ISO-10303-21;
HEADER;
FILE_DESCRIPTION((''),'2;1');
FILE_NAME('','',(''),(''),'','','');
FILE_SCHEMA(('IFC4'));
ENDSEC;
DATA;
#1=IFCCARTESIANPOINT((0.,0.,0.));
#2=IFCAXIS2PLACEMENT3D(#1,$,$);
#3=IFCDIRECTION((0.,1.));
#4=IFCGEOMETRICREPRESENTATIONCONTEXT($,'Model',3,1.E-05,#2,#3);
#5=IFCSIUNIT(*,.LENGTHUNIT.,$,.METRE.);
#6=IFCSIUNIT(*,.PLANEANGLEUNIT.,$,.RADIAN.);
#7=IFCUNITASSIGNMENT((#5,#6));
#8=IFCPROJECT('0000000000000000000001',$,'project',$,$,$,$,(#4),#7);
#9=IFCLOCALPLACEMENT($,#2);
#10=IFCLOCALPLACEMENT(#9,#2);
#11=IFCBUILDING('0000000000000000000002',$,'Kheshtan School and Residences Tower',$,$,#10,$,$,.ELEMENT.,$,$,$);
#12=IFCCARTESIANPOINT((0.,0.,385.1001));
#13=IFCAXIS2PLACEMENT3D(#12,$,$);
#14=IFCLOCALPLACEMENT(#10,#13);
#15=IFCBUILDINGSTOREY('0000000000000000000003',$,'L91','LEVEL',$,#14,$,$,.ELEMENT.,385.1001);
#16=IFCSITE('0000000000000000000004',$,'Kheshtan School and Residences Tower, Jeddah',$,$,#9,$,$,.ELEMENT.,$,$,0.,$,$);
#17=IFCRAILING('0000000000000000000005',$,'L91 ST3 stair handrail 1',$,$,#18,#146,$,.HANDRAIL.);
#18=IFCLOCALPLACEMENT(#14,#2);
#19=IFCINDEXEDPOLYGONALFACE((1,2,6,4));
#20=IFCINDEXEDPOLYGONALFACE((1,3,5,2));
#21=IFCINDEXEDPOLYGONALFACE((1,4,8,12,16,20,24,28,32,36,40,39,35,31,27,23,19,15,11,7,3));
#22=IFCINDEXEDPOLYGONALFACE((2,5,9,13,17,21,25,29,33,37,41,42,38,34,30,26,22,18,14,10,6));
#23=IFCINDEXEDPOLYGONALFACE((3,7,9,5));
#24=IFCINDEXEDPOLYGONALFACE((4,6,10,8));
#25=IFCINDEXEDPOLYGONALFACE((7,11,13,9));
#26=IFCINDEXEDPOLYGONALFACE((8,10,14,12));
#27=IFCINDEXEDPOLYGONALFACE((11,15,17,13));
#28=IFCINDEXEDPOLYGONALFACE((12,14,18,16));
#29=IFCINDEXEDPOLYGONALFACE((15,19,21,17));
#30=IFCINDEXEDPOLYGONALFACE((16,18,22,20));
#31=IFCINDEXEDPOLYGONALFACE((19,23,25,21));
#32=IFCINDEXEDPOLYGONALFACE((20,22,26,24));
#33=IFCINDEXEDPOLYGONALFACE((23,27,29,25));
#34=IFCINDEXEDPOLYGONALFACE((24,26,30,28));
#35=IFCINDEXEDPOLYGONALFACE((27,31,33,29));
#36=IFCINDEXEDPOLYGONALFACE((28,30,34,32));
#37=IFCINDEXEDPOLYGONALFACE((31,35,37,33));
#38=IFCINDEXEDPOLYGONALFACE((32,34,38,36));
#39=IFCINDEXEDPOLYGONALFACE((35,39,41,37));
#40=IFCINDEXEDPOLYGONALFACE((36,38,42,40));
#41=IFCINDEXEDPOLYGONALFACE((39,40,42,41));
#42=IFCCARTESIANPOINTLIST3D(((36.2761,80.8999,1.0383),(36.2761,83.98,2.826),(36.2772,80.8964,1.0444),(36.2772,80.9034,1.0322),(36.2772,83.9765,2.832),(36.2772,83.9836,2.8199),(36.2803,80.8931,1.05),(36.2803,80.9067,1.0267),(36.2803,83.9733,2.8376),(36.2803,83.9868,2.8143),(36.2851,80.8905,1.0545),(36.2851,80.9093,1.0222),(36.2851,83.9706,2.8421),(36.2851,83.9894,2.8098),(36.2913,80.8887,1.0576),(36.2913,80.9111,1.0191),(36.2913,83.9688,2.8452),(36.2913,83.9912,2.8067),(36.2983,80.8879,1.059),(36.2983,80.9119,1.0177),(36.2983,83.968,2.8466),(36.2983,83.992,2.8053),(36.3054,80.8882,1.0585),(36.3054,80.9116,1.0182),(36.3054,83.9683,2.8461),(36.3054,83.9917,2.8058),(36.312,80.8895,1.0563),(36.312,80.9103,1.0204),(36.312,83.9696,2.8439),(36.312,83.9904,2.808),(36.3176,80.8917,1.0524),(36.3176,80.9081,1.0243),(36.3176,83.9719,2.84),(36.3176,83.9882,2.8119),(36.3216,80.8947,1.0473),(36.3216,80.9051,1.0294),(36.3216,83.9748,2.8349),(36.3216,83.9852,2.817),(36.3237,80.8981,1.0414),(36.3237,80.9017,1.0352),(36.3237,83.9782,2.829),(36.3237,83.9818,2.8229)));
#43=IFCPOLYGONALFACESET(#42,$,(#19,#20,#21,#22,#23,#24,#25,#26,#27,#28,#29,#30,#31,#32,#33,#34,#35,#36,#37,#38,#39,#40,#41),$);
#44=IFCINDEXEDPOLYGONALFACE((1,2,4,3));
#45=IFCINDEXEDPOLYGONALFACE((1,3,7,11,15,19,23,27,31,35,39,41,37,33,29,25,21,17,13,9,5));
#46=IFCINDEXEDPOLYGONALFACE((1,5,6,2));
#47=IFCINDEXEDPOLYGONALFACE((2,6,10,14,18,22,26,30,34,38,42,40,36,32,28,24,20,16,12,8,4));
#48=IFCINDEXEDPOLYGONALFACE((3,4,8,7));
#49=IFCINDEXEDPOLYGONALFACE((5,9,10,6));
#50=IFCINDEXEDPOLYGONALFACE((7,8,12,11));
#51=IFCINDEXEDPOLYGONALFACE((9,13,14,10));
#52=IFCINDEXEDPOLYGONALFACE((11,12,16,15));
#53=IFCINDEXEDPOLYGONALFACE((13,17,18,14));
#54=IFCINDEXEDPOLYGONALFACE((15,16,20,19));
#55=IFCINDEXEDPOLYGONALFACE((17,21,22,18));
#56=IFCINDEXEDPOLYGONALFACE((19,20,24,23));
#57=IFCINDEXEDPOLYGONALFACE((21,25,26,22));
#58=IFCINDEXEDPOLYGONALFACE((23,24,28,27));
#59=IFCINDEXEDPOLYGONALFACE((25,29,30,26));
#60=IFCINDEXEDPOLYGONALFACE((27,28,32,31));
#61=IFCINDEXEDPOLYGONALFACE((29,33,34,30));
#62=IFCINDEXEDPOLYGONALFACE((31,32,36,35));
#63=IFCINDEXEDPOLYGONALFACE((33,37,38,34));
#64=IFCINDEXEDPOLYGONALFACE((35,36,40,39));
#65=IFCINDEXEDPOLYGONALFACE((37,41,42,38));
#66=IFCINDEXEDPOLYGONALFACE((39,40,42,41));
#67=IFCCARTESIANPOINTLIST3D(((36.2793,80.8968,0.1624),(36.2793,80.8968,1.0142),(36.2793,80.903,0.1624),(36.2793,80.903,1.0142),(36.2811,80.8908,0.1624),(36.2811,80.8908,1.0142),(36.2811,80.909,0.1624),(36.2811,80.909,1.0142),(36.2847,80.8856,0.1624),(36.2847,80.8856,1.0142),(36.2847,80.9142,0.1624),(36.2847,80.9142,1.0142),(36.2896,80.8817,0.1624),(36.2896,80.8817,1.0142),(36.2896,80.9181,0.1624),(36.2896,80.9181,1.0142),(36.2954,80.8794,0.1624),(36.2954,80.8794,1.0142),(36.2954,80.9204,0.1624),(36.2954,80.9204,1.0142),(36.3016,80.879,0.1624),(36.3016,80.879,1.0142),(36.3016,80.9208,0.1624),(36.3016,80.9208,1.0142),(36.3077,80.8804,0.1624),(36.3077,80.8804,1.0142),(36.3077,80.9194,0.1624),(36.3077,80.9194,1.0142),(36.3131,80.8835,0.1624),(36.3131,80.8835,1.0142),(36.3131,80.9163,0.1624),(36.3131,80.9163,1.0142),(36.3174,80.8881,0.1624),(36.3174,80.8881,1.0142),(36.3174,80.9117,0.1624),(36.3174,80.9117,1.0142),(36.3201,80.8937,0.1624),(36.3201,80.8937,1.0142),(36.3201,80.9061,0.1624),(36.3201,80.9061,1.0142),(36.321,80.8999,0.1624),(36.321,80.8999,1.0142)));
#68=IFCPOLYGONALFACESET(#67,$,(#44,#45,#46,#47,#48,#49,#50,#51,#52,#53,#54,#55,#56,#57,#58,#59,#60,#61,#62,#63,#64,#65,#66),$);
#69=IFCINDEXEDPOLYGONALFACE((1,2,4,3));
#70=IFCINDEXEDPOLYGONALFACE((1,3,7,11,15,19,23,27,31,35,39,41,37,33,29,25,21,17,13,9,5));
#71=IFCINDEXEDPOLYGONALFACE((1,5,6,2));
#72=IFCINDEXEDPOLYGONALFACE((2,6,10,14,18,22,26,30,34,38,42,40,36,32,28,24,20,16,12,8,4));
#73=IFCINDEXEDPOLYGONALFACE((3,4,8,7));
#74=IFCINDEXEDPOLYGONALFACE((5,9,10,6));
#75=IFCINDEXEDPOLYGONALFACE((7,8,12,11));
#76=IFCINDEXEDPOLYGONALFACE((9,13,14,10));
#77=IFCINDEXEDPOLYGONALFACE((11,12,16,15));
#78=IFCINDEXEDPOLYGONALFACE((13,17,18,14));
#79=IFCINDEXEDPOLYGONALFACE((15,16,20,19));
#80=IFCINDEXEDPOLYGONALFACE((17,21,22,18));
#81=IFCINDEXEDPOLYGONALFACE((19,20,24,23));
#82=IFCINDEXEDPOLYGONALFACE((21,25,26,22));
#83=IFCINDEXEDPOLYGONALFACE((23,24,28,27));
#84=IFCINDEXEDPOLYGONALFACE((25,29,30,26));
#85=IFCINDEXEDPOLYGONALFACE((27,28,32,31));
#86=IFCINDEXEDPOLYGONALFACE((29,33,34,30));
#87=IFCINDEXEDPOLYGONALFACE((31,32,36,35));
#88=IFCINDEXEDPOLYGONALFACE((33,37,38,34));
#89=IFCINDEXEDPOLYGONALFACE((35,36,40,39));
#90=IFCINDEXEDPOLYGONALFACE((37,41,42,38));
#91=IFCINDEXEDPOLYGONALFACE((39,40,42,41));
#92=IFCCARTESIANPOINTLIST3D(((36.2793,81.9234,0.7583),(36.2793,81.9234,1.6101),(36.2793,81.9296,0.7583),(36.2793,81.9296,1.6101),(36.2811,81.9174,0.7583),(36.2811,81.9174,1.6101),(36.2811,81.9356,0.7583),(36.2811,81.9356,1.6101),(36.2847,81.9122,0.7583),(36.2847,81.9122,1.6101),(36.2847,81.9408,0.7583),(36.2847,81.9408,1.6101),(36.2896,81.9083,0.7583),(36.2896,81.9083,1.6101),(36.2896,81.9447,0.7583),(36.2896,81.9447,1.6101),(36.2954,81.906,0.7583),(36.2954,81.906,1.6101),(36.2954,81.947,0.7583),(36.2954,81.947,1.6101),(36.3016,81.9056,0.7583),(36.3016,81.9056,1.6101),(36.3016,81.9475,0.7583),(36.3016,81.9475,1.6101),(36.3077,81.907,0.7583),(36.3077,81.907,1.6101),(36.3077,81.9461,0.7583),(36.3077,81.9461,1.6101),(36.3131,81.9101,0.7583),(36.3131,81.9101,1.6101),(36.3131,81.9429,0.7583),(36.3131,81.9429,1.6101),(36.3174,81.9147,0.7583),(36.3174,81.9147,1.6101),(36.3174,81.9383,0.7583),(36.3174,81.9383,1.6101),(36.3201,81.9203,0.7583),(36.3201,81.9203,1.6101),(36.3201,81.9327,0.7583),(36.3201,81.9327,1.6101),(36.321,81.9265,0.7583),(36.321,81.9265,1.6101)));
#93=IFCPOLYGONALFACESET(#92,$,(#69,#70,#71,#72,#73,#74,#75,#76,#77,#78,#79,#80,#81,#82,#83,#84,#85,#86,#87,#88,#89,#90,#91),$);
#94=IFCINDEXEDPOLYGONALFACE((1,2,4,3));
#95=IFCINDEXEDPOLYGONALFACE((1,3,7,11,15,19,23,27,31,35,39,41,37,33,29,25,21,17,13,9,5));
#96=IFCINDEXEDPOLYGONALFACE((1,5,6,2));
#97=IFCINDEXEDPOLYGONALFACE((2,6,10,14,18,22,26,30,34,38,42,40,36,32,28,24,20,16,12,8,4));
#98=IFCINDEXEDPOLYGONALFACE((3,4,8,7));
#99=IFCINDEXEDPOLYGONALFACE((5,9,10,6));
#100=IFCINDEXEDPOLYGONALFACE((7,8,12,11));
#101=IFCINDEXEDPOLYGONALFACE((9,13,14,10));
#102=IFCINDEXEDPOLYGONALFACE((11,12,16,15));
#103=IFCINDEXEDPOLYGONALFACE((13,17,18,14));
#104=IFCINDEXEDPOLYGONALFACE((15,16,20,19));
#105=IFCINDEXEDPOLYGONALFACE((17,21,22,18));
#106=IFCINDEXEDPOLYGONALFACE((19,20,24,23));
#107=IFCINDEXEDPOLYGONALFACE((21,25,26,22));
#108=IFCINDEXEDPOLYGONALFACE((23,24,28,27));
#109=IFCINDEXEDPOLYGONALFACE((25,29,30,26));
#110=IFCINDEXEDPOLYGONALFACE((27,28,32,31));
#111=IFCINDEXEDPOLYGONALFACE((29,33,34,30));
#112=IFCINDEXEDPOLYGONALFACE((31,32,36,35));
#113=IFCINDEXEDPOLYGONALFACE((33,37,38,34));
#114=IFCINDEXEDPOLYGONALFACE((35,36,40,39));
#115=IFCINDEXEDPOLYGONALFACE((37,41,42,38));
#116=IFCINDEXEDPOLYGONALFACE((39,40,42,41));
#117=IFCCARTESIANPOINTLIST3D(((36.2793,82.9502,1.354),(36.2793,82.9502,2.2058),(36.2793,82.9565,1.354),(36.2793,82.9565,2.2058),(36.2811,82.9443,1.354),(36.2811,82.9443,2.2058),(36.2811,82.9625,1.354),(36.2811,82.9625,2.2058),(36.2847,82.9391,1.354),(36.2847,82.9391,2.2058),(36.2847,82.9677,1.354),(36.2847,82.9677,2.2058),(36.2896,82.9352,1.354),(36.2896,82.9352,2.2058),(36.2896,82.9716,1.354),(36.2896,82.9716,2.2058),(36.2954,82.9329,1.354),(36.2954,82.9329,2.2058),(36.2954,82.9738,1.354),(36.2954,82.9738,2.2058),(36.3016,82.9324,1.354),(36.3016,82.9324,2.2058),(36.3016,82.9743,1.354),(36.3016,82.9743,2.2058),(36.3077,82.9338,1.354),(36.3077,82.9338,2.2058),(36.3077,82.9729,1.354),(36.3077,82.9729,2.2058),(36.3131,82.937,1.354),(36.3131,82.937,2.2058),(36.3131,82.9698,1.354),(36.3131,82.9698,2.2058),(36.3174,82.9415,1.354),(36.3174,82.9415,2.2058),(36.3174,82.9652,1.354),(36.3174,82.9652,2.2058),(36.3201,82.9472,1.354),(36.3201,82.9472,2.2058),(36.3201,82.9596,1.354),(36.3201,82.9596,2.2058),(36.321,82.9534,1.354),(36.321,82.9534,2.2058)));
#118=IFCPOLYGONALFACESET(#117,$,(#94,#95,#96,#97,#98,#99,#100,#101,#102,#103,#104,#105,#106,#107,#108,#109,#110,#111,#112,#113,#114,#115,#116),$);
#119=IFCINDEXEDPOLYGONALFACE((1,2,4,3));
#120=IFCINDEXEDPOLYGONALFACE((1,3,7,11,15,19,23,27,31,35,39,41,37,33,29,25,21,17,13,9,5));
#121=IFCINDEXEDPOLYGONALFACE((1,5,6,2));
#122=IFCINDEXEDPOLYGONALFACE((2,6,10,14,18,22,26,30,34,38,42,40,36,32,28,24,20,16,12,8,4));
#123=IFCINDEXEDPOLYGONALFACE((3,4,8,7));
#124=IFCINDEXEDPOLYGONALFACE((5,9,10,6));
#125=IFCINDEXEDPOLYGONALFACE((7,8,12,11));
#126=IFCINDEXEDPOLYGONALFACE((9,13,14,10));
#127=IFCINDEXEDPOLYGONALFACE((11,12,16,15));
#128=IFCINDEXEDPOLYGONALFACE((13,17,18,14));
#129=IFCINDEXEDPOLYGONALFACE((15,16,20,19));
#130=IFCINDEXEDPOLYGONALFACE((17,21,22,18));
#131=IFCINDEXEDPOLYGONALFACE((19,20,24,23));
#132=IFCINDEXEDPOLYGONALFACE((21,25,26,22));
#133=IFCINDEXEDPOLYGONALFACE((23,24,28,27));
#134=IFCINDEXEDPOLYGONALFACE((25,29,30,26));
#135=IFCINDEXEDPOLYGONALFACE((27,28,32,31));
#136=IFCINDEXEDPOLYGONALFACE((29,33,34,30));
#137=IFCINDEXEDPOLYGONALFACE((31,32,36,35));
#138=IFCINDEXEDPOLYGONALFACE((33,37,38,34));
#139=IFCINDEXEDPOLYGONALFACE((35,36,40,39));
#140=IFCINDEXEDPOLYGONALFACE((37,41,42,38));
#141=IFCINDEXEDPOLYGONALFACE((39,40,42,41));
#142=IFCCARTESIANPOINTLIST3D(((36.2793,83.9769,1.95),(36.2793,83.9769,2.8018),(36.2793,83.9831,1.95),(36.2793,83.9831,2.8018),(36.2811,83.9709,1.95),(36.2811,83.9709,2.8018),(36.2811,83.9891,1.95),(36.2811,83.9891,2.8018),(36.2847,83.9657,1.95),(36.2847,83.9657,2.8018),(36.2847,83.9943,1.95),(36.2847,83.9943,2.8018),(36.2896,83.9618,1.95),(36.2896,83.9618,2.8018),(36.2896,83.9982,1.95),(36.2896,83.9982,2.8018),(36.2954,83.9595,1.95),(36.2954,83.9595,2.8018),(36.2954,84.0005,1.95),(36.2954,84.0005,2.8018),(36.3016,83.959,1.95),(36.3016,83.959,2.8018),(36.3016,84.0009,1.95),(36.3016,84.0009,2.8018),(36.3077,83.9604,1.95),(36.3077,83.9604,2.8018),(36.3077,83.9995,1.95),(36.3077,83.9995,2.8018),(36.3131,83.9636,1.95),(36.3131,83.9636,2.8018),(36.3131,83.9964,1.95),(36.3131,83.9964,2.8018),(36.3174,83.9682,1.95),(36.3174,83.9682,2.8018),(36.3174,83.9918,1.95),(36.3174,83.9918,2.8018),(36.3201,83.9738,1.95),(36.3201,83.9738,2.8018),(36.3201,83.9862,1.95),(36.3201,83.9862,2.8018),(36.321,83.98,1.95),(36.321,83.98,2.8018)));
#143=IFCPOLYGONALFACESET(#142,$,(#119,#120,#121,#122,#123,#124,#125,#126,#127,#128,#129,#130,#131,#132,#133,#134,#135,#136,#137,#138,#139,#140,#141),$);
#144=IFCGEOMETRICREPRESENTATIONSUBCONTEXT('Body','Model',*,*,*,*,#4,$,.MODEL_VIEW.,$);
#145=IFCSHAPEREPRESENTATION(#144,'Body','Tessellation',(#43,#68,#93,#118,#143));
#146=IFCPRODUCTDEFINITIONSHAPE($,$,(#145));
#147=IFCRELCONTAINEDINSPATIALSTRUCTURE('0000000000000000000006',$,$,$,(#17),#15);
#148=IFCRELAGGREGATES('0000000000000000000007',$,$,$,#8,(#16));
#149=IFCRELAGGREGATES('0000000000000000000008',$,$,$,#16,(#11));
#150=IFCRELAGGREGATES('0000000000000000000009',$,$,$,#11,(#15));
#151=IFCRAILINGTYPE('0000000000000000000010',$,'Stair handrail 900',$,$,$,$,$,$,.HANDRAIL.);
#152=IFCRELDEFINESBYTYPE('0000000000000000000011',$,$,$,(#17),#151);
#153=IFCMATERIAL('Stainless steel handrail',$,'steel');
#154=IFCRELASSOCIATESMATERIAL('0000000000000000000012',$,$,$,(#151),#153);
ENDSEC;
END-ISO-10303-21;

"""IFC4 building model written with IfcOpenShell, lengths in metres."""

from ifc_helpers import new_model, si_unit, direction, frame, origin, origin_2d, place, context, subcontext, project, spatial, circle, extrude, material, type_object, element, save


model = new_model("IFC4")

# Units and contexts
model_context = context("Model", 3, precision=1e-05, world=origin(), true_north=direction((0.0, 1.0)))
body_context = subcontext(model_context, "Body", "Model", "MODEL_VIEW")
ifc_project = project(units=[si_unit("LENGTHUNIT", "METRE"), si_unit("PLANEANGLEUNIT", "RADIAN")], contexts=[model_context])

# Site, building, storey
site_placement = place(None, origin())
site = spatial("IfcSite", under=ifc_project, at=site_placement, Name="Kheshtan School and Residences Tower, Jeddah", CompositionType="ELEMENT", RefElevation=0.0)
building_placement = place(site_placement, origin())
building = spatial("IfcBuilding", under=site, at=building_placement, Name="Kheshtan School and Residences Tower", CompositionType="ELEMENT")
storey_placement = place(building_placement, frame((0.0, 0.0, 385.1001)))
storey = spatial("IfcBuildingStorey", under=building, at=storey_placement, Name="L91", Description="LEVEL", CompositionType="ELEMENT", Elevation=385.1001)

# Railing
ifc_material_1 = material(Name="Stainless steel handrail", Category="steel")
railing_type_1 = type_object("IfcRailingType", Name="Stair handrail 900", PredefinedType="HANDRAIL", material=ifc_material_1)
railing_1_placement = place(storey_placement, frame((36.3, 80.8999, 0.1624)))
element("IfcRailing", 1, at=railing_1_placement, inside=storey, type_object=railing_type_1, Name="L91 ST3 stair handrail 1", PredefinedType="HANDRAIL", context=body_context, shape_type="SweptSolid", body=[
    extrude(circle(Radius=0.0239, at=origin_2d()), frame((0.0, 0.0, 0.876), z_axis=(0.0, 0.864891, 0.50196), x_axis=(-1.0, 0.0, 0.0)), (0.0, 0.0, 1.0), 3.5613),
    extrude(circle(Radius=0.021, at=origin_2d()), origin(), (0.0, 0.0, 1.0), 0.8518),
    extrude(circle(Radius=0.021, at=origin_2d()), frame((0.0, 1.0266, 0.5959)), (0.0, 0.0, 1.0), 0.8518),
    extrude(circle(Radius=0.021, at=origin_2d()), frame((0.0, 2.0535, 1.1917)), (0.0, 0.0, 1.0), 0.8518),
    extrude(circle(Radius=0.021, at=origin_2d()), frame((0.0, 3.0801, 1.7876)), (0.0, 0.0, 1.0), 0.8518),
])

save(model, "model.ifc")
